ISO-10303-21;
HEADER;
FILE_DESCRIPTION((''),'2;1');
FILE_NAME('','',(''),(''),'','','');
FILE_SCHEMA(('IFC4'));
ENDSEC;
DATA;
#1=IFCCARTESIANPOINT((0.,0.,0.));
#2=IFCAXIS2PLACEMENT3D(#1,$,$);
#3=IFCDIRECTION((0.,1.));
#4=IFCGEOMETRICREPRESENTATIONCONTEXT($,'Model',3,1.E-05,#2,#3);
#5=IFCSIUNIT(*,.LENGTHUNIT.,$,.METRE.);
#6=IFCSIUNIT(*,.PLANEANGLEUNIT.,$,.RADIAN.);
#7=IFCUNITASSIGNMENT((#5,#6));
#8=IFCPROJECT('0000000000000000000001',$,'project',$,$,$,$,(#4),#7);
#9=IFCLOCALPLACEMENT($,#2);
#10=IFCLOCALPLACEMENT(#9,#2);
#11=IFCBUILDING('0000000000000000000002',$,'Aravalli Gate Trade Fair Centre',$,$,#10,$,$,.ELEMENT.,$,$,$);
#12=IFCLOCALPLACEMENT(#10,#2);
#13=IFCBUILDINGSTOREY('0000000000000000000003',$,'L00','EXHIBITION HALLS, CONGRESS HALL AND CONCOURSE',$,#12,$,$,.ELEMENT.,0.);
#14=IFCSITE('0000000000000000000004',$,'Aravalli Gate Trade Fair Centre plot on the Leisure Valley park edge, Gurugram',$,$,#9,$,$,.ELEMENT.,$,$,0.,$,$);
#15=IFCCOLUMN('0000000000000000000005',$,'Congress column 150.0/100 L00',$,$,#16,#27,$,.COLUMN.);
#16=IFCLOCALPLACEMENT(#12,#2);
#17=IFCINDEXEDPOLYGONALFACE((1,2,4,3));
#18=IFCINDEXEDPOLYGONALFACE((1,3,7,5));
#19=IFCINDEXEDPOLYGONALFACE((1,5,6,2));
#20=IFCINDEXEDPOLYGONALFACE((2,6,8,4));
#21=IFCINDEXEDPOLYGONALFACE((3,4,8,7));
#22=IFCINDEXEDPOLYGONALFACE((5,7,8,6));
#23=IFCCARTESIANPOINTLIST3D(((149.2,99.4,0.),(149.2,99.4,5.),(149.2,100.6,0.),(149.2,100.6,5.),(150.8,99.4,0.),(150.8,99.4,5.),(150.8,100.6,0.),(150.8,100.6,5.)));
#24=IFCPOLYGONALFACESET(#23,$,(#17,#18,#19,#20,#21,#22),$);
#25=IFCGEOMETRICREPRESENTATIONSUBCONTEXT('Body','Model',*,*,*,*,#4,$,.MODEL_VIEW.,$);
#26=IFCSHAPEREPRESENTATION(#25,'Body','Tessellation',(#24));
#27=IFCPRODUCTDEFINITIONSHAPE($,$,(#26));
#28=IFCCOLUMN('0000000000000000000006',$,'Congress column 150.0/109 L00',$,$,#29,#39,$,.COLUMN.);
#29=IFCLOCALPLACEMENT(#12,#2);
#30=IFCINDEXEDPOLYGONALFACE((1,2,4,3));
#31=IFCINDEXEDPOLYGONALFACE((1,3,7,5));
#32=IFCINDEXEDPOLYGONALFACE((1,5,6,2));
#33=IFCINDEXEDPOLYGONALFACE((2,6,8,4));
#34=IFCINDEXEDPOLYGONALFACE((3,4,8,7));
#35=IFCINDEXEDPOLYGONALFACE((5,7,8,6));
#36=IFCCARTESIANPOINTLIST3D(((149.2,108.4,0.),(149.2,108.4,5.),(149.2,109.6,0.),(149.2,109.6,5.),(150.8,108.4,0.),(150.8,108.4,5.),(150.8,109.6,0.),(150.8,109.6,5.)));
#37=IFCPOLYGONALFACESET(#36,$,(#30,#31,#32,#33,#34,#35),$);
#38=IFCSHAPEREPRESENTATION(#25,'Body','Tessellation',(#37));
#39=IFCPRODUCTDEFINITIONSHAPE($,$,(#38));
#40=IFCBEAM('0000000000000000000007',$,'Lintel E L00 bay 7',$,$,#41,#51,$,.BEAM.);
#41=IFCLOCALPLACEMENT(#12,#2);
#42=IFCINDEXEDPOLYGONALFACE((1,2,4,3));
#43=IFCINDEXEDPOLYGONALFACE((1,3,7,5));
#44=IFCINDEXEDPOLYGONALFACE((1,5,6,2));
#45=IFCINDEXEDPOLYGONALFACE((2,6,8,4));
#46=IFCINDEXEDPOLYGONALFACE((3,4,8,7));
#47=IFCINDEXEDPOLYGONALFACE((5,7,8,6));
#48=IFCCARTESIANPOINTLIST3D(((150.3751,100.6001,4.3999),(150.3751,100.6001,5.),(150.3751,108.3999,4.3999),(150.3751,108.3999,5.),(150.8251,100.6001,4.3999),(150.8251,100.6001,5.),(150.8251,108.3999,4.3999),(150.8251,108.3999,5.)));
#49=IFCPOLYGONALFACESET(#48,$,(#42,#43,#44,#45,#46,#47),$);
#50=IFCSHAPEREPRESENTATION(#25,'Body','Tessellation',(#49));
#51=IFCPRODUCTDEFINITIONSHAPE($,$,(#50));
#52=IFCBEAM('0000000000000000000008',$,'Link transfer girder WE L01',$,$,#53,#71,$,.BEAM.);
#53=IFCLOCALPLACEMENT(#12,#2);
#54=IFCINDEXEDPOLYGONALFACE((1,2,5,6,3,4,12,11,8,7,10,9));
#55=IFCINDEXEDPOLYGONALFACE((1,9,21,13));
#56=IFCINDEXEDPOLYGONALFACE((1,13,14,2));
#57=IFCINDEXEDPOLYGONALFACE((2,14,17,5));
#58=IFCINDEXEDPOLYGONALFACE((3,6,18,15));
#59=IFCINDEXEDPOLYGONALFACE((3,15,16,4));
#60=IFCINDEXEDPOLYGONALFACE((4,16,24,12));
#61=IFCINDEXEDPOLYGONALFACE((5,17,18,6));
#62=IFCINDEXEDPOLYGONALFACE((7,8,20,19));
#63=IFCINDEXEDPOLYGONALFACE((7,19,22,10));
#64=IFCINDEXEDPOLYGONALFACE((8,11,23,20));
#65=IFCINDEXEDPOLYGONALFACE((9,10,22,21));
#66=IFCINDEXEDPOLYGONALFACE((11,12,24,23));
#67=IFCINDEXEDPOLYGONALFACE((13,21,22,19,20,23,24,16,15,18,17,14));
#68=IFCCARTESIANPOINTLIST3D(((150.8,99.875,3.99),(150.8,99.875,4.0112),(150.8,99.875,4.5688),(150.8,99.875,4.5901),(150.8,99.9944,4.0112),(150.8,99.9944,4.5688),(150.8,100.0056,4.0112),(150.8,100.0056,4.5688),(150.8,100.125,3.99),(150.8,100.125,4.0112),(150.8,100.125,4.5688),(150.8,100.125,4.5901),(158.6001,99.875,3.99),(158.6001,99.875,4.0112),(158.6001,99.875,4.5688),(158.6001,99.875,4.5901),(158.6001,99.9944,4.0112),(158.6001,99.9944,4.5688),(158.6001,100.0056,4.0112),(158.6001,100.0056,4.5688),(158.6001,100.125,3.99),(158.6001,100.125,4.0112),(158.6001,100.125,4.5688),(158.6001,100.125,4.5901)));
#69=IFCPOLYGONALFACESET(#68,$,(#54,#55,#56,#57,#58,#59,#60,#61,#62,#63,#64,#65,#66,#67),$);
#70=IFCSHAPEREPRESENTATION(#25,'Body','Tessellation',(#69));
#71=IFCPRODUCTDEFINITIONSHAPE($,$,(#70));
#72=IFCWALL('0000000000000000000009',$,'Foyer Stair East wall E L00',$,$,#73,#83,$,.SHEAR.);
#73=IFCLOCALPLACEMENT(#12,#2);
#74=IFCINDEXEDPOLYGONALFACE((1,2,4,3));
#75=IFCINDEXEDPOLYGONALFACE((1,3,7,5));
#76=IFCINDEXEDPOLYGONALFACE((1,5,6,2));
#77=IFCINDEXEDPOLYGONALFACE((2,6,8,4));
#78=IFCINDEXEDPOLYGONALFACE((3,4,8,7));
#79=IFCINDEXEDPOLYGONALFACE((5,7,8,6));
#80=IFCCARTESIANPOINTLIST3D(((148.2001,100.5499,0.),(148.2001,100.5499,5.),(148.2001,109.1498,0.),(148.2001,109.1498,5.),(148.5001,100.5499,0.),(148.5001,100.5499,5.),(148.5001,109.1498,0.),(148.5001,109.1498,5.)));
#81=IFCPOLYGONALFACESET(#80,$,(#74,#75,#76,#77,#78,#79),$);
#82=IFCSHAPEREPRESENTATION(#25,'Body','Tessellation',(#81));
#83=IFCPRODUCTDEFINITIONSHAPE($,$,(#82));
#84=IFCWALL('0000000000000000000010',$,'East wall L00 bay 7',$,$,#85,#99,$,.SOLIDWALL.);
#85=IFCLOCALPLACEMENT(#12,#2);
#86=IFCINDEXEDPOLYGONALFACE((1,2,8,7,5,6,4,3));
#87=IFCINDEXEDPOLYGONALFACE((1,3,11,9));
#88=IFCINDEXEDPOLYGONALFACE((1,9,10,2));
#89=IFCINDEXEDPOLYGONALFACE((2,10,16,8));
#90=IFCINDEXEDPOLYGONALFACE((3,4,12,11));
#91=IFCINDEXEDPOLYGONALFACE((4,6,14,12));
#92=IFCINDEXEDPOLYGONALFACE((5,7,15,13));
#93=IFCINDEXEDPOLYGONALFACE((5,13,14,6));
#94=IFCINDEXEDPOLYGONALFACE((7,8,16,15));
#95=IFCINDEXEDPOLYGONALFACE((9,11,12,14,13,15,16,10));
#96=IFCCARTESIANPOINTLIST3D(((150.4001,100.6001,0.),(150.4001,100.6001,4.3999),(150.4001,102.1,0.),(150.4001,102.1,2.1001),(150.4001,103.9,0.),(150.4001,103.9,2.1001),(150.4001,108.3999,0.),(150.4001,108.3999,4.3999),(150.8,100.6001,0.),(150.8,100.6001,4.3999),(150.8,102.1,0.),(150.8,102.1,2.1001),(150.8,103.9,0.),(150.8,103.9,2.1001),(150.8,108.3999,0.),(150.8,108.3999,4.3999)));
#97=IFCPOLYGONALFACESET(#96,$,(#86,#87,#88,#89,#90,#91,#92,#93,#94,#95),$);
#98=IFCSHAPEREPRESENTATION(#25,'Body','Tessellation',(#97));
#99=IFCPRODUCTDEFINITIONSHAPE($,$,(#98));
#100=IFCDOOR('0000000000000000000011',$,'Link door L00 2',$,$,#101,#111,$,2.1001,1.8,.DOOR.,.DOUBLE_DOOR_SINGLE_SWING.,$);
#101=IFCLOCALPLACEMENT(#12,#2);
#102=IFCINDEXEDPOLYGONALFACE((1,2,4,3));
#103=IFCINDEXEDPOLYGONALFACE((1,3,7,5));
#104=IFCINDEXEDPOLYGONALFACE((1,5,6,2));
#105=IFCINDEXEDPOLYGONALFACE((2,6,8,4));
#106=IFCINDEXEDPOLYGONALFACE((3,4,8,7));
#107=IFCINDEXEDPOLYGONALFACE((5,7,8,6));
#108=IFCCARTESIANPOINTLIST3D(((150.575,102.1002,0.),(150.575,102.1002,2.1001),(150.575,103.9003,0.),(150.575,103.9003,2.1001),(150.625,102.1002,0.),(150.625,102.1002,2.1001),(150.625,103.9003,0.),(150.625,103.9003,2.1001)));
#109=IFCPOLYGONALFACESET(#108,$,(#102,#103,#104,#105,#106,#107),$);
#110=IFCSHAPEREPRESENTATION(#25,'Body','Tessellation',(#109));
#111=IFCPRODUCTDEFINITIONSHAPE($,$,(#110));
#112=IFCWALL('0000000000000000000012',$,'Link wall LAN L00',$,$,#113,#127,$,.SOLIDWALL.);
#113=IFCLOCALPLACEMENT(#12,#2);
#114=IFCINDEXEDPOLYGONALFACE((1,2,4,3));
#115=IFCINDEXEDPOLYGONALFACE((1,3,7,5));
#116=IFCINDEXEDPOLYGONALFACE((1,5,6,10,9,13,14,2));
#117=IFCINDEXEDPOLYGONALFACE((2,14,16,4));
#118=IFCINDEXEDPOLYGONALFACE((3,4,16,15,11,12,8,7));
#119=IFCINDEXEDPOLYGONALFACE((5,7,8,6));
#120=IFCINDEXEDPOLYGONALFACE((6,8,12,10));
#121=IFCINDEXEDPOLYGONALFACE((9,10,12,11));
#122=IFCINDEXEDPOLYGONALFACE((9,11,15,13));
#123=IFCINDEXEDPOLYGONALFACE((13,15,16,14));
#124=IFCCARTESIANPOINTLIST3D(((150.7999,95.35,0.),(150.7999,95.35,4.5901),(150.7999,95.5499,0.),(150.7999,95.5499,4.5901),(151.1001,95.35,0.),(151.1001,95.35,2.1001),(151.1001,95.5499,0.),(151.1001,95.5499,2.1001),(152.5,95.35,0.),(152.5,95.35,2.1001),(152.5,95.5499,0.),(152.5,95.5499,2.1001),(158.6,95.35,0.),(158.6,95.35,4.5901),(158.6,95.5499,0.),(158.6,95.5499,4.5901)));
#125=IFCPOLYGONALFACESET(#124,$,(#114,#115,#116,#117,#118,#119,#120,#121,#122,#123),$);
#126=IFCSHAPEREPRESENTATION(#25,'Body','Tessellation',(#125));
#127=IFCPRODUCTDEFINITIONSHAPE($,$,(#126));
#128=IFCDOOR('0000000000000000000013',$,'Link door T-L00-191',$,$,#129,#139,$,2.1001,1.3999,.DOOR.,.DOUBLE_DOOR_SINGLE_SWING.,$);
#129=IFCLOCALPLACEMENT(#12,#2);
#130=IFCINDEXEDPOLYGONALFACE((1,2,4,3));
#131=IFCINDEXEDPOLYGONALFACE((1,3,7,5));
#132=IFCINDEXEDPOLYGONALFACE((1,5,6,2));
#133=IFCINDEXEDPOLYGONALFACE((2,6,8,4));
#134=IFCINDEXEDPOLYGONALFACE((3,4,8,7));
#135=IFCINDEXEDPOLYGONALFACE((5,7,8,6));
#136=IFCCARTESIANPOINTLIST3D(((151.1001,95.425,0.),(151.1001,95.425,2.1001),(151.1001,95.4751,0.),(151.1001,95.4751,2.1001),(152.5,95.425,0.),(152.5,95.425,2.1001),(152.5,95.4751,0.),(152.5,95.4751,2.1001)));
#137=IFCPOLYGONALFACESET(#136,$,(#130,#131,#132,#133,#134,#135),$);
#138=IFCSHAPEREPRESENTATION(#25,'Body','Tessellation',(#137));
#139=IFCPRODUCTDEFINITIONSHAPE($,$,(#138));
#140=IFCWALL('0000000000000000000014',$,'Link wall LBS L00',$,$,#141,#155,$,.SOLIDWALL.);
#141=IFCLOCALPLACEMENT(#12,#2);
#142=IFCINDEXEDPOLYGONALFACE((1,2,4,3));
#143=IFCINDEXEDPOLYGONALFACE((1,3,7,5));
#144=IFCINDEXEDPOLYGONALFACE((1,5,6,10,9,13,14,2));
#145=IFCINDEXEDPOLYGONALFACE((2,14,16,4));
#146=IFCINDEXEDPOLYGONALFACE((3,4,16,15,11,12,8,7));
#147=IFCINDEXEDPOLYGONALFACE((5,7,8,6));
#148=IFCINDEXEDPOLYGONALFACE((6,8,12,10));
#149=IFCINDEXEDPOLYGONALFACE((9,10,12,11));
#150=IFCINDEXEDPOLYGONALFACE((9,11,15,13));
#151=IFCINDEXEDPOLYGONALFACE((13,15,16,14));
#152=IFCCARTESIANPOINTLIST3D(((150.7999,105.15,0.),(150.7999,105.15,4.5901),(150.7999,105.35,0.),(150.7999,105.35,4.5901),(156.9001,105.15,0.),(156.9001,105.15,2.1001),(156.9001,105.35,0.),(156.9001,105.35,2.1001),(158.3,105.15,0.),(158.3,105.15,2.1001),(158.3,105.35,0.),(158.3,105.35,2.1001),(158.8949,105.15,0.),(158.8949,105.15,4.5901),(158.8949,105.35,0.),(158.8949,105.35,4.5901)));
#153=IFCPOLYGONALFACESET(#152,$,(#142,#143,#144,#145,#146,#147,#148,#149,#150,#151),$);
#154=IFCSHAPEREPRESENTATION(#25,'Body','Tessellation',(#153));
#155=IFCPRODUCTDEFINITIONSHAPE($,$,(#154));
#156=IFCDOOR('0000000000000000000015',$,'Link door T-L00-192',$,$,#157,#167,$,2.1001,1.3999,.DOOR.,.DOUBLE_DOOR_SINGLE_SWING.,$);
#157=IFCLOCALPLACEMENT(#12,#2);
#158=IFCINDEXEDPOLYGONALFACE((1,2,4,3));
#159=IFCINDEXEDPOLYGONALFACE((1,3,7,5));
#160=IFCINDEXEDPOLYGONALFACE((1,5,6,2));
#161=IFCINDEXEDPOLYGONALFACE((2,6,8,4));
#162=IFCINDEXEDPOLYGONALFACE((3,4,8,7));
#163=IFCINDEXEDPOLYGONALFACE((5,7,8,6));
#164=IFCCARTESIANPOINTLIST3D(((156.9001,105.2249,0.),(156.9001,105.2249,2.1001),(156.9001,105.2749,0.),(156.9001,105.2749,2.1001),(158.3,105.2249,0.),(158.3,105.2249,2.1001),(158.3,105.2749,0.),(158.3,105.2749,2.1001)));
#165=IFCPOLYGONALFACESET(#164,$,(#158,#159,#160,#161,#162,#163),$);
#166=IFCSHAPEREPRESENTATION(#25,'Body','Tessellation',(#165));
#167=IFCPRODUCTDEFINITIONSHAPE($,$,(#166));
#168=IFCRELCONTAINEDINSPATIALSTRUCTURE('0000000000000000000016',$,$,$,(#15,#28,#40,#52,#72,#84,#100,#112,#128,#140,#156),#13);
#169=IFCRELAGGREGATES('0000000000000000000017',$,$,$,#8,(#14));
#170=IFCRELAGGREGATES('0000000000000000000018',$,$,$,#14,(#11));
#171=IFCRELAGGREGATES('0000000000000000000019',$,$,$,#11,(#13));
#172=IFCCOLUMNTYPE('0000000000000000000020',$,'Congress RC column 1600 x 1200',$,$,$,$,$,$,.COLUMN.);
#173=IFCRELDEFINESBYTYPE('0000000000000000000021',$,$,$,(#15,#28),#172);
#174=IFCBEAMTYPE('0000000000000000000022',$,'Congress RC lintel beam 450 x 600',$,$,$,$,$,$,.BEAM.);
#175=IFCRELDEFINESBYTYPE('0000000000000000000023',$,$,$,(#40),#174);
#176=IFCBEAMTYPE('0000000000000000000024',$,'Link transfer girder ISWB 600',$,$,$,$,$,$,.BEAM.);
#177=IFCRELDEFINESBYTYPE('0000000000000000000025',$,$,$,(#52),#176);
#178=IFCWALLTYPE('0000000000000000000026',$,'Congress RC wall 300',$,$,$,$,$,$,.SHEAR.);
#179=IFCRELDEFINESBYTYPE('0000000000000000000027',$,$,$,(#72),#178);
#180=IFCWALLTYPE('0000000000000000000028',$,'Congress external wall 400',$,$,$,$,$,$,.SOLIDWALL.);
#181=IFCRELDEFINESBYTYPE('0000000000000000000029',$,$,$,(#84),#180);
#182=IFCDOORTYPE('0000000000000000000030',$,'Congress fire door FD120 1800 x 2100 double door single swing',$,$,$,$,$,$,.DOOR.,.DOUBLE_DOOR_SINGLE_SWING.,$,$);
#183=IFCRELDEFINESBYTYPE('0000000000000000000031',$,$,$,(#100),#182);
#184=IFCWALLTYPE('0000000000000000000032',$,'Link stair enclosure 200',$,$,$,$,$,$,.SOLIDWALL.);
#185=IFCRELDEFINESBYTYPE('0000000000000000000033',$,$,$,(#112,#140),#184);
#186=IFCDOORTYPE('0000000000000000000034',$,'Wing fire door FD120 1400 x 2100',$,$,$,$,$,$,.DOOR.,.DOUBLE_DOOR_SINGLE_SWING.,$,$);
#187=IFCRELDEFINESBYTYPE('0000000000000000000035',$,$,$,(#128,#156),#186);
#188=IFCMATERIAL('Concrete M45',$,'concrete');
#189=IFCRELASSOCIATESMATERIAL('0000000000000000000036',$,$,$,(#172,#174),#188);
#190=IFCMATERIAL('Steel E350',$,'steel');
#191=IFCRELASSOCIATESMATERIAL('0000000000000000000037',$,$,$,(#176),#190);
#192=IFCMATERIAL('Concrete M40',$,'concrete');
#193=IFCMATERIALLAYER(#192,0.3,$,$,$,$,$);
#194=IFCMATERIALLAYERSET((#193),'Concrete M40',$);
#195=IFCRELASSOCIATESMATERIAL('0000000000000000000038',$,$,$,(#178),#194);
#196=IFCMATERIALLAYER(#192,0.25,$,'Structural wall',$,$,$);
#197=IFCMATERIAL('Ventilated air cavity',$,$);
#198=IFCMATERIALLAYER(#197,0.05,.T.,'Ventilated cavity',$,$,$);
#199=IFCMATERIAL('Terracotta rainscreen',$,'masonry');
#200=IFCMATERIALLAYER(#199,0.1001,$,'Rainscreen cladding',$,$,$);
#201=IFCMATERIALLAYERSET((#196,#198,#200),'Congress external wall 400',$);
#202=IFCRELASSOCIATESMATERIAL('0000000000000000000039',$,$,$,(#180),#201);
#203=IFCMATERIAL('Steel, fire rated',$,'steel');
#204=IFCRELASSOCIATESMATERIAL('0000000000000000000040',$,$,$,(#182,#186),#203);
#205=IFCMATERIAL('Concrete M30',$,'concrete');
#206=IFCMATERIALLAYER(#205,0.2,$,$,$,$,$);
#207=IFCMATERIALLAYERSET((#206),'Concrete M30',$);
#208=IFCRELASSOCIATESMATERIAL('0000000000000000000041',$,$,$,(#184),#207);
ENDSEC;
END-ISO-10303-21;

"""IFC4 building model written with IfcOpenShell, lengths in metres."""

from ifc_helpers import new_model, si_unit, direction, frame, frame_2d, origin, origin_2d, place, context, subcontext, project, spatial, rectangle, i_section, extrude, material, layer, layer_set, material_profile, profile_set, type_object, element, fill, save


model = new_model("IFC4")

# Units and contexts
model_context = context("Model", 3, precision=1e-05, world=origin(), true_north=direction((0.0, 1.0)))
body_context = subcontext(model_context, "Body", "Model", "MODEL_VIEW")
ifc_project = project(units=[si_unit("LENGTHUNIT", "METRE"), si_unit("PLANEANGLEUNIT", "RADIAN")], contexts=[model_context])

# Site, building, storey
site_placement = place(None, origin())
site = spatial("IfcSite", under=ifc_project, at=site_placement, Name="Aravalli Gate Trade Fair Centre plot on the Leisure Valley park edge, Gurugram", CompositionType="ELEMENT", RefElevation=0.0)
building_placement = place(site_placement, origin())
building = spatial("IfcBuilding", under=site, at=building_placement, Name="Aravalli Gate Trade Fair Centre", CompositionType="ELEMENT")
storey_placement = place(building_placement, origin())
storey = spatial("IfcBuildingStorey", under=building, at=storey_placement, Name="L00", Description="EXHIBITION HALLS, CONGRESS HALL AND CONCOURSE", CompositionType="ELEMENT", Elevation=0.0)

# Columns
ifc_material_1 = material(Name="Concrete M45", Category="concrete")
ifc_material_profile_1 = material_profile(ifc_material_1, rectangle(XDim=1.6001, YDim=1.2, at=origin_2d()), Name="RC 1600x1200")
ifc_profile_set_1 = profile_set([ifc_material_profile_1], Name="Concrete M45")
column_type = type_object("IfcColumnType", Name="Congress RC column 1600 x 1200", PredefinedType="COLUMN", material=ifc_profile_set_1)
for number, where, z_axis, x_axis, name in (
    (1, (150.0, 100.0, 0.0), (0.0, 0.0, 1.0), (1.0, 0.0, 0.0), "Congress column 150.0/100 L00"),
    (2, (150.0, 109.0, 0.0), (0.0, 0.0, 1.0), (1.0, 0.0, 0.0), "Congress column 150.0/109 L00"),
):
    element("IfcColumn", number, at=place(storey_placement, frame(where, z_axis=z_axis, x_axis=x_axis)), inside=storey, type_object=column_type, Name=name, PredefinedType="COLUMN", context=body_context, shape_type="SweptSolid", body=[
        extrude(rectangle(XDim=1.6001, YDim=1.2, at=origin_2d()), origin(), (0.0, 0.0, 1.0), 5.0),
    ])

# Beams
ifc_material_profile_2 = material_profile(ifc_material_1, rectangle(XDim=0.45, YDim=0.6001, at=origin_2d()), Name="RC 450x600")
ifc_profile_set_2 = profile_set([ifc_material_profile_2], Name="Concrete M45")
beam_type_1 = type_object("IfcBeamType", Name="Congress RC lintel beam 450 x 600", PredefinedType="BEAM", material=ifc_profile_set_2)
beam_1_placement = place(storey_placement, frame((150.6001, 100.6001, 4.7), z_axis=(0.0, 1.0, 0.0), x_axis=(-1.0, 0.0, 0.0)))
element("IfcBeam", 3, at=beam_1_placement, inside=storey, type_object=beam_type_1, Name="Lintel E L00 bay 7", PredefinedType="BEAM", context=body_context, shape_type="SweptSolid", body=[
    extrude(rectangle(XDim=0.45, YDim=0.6001, at=origin_2d()), origin(), (0.0, 0.0, 1.0), 7.7998),
])
ifc_material_2 = material(Name="Steel E350", Category="steel")
ifc_material_profile_3 = material_profile(ifc_material_2, i_section(OverallWidth=0.25, OverallDepth=0.6001, WebThickness=0.0112, FlangeThickness=0.0212, at=origin_2d()), Name="ISWB 600")
ifc_profile_set_3 = profile_set([ifc_material_profile_3], Name="Steel E350")
beam_type_2 = type_object("IfcBeamType", Name="Link transfer girder ISWB 600", PredefinedType="BEAM", material=ifc_profile_set_3)
beam_2_placement = place(storey_placement, frame((150.8, 100.0, 4.29), z_axis=(1.0, 0.0, 0.0), x_axis=(0.0, 1.0, 0.0)))
element("IfcBeam", 4, at=beam_2_placement, inside=storey, type_object=beam_type_2, Name="Link transfer girder WE L01", PredefinedType="BEAM", context=body_context, shape_type="SweptSolid", body=[
    extrude(i_section(OverallWidth=0.25, OverallDepth=0.6001, WebThickness=0.0112, FlangeThickness=0.0212, at=origin_2d()), origin(), (0.0, 0.0, 1.0), 7.8),
])

# Wall
ifc_material_3 = material(Name="Concrete M40", Category="concrete")
ifc_layer_1 = layer(ifc_material_3, 0.3)
ifc_layer_set_1 = layer_set([ifc_layer_1], Name="Concrete M40")
wall_type_1 = type_object("IfcWallType", Name="Congress RC wall 300", PredefinedType="SHEAR", material=ifc_layer_set_1)
wall_1_placement = place(storey_placement, frame((148.3501, 100.55, 0.0), z_axis=(0.0, 0.0, 1.0), x_axis=(0.0, 1.0, 0.0)))
element("IfcWall", 5, at=wall_1_placement, inside=storey, type_object=wall_type_1, Name="Foyer Stair East wall E L00", PredefinedType="SHEAR", context=body_context, shape_type="SweptSolid", body=[
    extrude(rectangle(XDim=8.5999, YDim=0.3, at=frame_2d((4.2998, 0.0))), origin(), (0.0, 0.0, 1.0), 5.0),
])

# Walls, openings, doors
ifc_layer_2 = layer(ifc_material_3, 0.25, Name="Structural wall")
ifc_material_4 = material(Name="Ventilated air cavity")
ifc_layer_3 = layer(ifc_material_4, 0.05, ventilated=True, Name="Ventilated cavity")
ifc_material_5 = material(Name="Terracotta rainscreen", Category="masonry")
ifc_layer_4 = layer(ifc_material_5, 0.1001, Name="Rainscreen cladding")
ifc_layer_set_2 = layer_set([ifc_layer_2, ifc_layer_3, ifc_layer_4], Name="Congress external wall 400")
wall_type_2 = type_object("IfcWallType", Name="Congress external wall 400", PredefinedType="SOLIDWALL", material=ifc_layer_set_2)
wall_2_placement = place(storey_placement, frame((150.6001, 100.6001, 0.0), z_axis=(0.0, 0.0, 1.0), x_axis=(0.0, 1.0, 0.0)))
wall_2 = element("IfcWall", 6, at=wall_2_placement, inside=storey, type_object=wall_type_2, Name="East wall L00 bay 7", PredefinedType="SOLIDWALL", context=body_context, shape_type="SweptSolid", body=[
    extrude(rectangle(XDim=7.7998, YDim=0.3999, at=frame_2d((3.8999, 0.0))), origin(), (0.0, 0.0, 1.0), 4.3999),
])
opening_1_placement = place(wall_2_placement, frame((1.5, 0.0, 0.0)))
opening_1 = element("IfcOpeningElement", 7, at=opening_1_placement, cuts=wall_2, PredefinedType="OPENING", context=body_context, shape_type="SweptSolid", body=[
    extrude(rectangle(XDim=1.8, YDim=2.1001, at=frame_2d((0.8999, 1.05))), frame((0.0, 0.21, 0.0), z_axis=(0.0, -1.0, 0.0), x_axis=(1.0, 0.0, 0.0)), (0.0, 0.0, 1.0), 0.4199),
])
ifc_material_6 = material(Name="Steel, fire rated", Category="steel")
door_type_1 = type_object("IfcDoorType", Name="Congress fire door FD120 1800 x 2100 double door single swing", OperationType="DOUBLE_DOOR_SINGLE_SWING", PredefinedType="DOOR", material=ifc_material_6)
door_1_placement = place(opening_1_placement, frame((1.8, 0.0, 0.0), z_axis=(0.0, 0.0, 1.0), x_axis=(-1.0, 0.0, 0.0)))
door_1 = element("IfcDoor", 8, at=door_1_placement, inside=storey, type_object=door_type_1, Name="Link door L00 2", OperationType="DOUBLE_DOOR_SINGLE_SWING", OverallHeight=2.1001, OverallWidth=1.8, PredefinedType="DOOR", context=body_context, shape_type="SweptSolid", body=[
    extrude(rectangle(XDim=1.8, YDim=2.1001, at=frame_2d((0.8999, 1.05))), frame((0.0, 0.0249, 0.0), z_axis=(0.0, -1.0, 0.0), x_axis=(1.0, 0.0, 0.0)), (0.0, 0.0, 1.0), 0.05),
])
fill(opening_1, door_1)
ifc_material_7 = material(Name="Concrete M30", Category="concrete")
ifc_layer_5 = layer(ifc_material_7, 0.2)
ifc_layer_set_3 = layer_set([ifc_layer_5], Name="Concrete M30")
wall_type_3 = type_object("IfcWallType", Name="Link stair enclosure 200", PredefinedType="SOLIDWALL", material=ifc_layer_set_3)
wall_3_placement = place(storey_placement, frame((150.8, 95.45, 0.0), z_axis=(0.0, 0.0, 1.0), x_axis=(1.0, 0.0, 0.0)))
wall_3 = element("IfcWall", 9, at=wall_3_placement, inside=storey, type_object=wall_type_3, Name="Link wall LAN L00", PredefinedType="SOLIDWALL", context=body_context, shape_type="SweptSolid", body=[
    extrude(rectangle(XDim=7.8, YDim=0.2, at=frame_2d((3.8999, 0.0))), origin(), (0.0, 0.0, 1.0), 4.5901),
])
opening_2_placement = place(wall_3_placement, frame((0.3, 0.0, 0.0)))
opening_2 = element("IfcOpeningElement", 10, at=opening_2_placement, cuts=wall_3, PredefinedType="OPENING", context=body_context, shape_type="SweptSolid", body=[
    extrude(rectangle(XDim=1.3999, YDim=2.1001, at=frame_2d((0.7, 1.05))), frame((0.0, 0.1099, 0.0), z_axis=(0.0, -1.0, 0.0), x_axis=(1.0, 0.0, 0.0)), (0.0, 0.0, 1.0), 0.22),
])
door_type_2 = type_object("IfcDoorType", Name="Wing fire door FD120 1400 x 2100", OperationType="DOUBLE_DOOR_SINGLE_SWING", PredefinedType="DOOR", material=ifc_material_6)
door_2_placement = place(opening_2_placement, frame((1.3999, 0.0, 0.0), z_axis=(0.0, 0.0, 1.0), x_axis=(-1.0, 0.0, 0.0)))
door_2 = element("IfcDoor", 11, at=door_2_placement, inside=storey, type_object=door_type_2, Name="Link door T-L00-191", OperationType="DOUBLE_DOOR_SINGLE_SWING", OverallHeight=2.1001, OverallWidth=1.3999, PredefinedType="DOOR", context=body_context, shape_type="SweptSolid", body=[
    extrude(rectangle(XDim=1.3999, YDim=2.1001, at=frame_2d((0.7, 1.05))), frame((0.0, 0.0249, 0.0), z_axis=(0.0, -1.0, 0.0), x_axis=(1.0, 0.0, 0.0)), (0.0, 0.0, 1.0), 0.05),
])
fill(opening_2, door_2)
wall_4_placement = place(storey_placement, frame((150.8, 105.25, 0.0), z_axis=(0.0, 0.0, 1.0), x_axis=(1.0, 0.0, 0.0)))
wall_4 = element("IfcWall", 12, at=wall_4_placement, inside=storey, type_object=wall_type_3, Name="Link wall LBS L00", PredefinedType="SOLIDWALL", context=body_context, shape_type="SweptSolid", body=[
    extrude(rectangle(XDim=8.095, YDim=0.2, at=frame_2d((4.0474, 0.0))), origin(), (0.0, 0.0, 1.0), 4.5901),
])
opening_3_placement = place(wall_4_placement, frame((6.1001, 0.0, 0.0)))
opening_3 = element("IfcOpeningElement", 13, at=opening_3_placement, cuts=wall_4, PredefinedType="OPENING", context=body_context, shape_type="SweptSolid", body=[
    extrude(rectangle(XDim=1.3999, YDim=2.1001, at=frame_2d((0.7, 1.05))), frame((0.0, 0.1099, 0.0), z_axis=(0.0, -1.0, 0.0), x_axis=(1.0, 0.0, 0.0)), (0.0, 0.0, 1.0), 0.22),
])
door_3_placement = place(opening_3_placement, origin())
door_3 = element("IfcDoor", 14, at=door_3_placement, inside=storey, type_object=door_type_2, Name="Link door T-L00-192", OperationType="DOUBLE_DOOR_SINGLE_SWING", OverallHeight=2.1001, OverallWidth=1.3999, PredefinedType="DOOR", context=body_context, shape_type="SweptSolid", body=[
    extrude(rectangle(XDim=1.3999, YDim=2.1001, at=frame_2d((0.7, 1.05))), frame((0.0, 0.0249, 0.0), z_axis=(0.0, -1.0, 0.0), x_axis=(1.0, 0.0, 0.0)), (0.0, 0.0, 1.0), 0.05),
])
fill(opening_3, door_3)

save(model, "model.ifc")
